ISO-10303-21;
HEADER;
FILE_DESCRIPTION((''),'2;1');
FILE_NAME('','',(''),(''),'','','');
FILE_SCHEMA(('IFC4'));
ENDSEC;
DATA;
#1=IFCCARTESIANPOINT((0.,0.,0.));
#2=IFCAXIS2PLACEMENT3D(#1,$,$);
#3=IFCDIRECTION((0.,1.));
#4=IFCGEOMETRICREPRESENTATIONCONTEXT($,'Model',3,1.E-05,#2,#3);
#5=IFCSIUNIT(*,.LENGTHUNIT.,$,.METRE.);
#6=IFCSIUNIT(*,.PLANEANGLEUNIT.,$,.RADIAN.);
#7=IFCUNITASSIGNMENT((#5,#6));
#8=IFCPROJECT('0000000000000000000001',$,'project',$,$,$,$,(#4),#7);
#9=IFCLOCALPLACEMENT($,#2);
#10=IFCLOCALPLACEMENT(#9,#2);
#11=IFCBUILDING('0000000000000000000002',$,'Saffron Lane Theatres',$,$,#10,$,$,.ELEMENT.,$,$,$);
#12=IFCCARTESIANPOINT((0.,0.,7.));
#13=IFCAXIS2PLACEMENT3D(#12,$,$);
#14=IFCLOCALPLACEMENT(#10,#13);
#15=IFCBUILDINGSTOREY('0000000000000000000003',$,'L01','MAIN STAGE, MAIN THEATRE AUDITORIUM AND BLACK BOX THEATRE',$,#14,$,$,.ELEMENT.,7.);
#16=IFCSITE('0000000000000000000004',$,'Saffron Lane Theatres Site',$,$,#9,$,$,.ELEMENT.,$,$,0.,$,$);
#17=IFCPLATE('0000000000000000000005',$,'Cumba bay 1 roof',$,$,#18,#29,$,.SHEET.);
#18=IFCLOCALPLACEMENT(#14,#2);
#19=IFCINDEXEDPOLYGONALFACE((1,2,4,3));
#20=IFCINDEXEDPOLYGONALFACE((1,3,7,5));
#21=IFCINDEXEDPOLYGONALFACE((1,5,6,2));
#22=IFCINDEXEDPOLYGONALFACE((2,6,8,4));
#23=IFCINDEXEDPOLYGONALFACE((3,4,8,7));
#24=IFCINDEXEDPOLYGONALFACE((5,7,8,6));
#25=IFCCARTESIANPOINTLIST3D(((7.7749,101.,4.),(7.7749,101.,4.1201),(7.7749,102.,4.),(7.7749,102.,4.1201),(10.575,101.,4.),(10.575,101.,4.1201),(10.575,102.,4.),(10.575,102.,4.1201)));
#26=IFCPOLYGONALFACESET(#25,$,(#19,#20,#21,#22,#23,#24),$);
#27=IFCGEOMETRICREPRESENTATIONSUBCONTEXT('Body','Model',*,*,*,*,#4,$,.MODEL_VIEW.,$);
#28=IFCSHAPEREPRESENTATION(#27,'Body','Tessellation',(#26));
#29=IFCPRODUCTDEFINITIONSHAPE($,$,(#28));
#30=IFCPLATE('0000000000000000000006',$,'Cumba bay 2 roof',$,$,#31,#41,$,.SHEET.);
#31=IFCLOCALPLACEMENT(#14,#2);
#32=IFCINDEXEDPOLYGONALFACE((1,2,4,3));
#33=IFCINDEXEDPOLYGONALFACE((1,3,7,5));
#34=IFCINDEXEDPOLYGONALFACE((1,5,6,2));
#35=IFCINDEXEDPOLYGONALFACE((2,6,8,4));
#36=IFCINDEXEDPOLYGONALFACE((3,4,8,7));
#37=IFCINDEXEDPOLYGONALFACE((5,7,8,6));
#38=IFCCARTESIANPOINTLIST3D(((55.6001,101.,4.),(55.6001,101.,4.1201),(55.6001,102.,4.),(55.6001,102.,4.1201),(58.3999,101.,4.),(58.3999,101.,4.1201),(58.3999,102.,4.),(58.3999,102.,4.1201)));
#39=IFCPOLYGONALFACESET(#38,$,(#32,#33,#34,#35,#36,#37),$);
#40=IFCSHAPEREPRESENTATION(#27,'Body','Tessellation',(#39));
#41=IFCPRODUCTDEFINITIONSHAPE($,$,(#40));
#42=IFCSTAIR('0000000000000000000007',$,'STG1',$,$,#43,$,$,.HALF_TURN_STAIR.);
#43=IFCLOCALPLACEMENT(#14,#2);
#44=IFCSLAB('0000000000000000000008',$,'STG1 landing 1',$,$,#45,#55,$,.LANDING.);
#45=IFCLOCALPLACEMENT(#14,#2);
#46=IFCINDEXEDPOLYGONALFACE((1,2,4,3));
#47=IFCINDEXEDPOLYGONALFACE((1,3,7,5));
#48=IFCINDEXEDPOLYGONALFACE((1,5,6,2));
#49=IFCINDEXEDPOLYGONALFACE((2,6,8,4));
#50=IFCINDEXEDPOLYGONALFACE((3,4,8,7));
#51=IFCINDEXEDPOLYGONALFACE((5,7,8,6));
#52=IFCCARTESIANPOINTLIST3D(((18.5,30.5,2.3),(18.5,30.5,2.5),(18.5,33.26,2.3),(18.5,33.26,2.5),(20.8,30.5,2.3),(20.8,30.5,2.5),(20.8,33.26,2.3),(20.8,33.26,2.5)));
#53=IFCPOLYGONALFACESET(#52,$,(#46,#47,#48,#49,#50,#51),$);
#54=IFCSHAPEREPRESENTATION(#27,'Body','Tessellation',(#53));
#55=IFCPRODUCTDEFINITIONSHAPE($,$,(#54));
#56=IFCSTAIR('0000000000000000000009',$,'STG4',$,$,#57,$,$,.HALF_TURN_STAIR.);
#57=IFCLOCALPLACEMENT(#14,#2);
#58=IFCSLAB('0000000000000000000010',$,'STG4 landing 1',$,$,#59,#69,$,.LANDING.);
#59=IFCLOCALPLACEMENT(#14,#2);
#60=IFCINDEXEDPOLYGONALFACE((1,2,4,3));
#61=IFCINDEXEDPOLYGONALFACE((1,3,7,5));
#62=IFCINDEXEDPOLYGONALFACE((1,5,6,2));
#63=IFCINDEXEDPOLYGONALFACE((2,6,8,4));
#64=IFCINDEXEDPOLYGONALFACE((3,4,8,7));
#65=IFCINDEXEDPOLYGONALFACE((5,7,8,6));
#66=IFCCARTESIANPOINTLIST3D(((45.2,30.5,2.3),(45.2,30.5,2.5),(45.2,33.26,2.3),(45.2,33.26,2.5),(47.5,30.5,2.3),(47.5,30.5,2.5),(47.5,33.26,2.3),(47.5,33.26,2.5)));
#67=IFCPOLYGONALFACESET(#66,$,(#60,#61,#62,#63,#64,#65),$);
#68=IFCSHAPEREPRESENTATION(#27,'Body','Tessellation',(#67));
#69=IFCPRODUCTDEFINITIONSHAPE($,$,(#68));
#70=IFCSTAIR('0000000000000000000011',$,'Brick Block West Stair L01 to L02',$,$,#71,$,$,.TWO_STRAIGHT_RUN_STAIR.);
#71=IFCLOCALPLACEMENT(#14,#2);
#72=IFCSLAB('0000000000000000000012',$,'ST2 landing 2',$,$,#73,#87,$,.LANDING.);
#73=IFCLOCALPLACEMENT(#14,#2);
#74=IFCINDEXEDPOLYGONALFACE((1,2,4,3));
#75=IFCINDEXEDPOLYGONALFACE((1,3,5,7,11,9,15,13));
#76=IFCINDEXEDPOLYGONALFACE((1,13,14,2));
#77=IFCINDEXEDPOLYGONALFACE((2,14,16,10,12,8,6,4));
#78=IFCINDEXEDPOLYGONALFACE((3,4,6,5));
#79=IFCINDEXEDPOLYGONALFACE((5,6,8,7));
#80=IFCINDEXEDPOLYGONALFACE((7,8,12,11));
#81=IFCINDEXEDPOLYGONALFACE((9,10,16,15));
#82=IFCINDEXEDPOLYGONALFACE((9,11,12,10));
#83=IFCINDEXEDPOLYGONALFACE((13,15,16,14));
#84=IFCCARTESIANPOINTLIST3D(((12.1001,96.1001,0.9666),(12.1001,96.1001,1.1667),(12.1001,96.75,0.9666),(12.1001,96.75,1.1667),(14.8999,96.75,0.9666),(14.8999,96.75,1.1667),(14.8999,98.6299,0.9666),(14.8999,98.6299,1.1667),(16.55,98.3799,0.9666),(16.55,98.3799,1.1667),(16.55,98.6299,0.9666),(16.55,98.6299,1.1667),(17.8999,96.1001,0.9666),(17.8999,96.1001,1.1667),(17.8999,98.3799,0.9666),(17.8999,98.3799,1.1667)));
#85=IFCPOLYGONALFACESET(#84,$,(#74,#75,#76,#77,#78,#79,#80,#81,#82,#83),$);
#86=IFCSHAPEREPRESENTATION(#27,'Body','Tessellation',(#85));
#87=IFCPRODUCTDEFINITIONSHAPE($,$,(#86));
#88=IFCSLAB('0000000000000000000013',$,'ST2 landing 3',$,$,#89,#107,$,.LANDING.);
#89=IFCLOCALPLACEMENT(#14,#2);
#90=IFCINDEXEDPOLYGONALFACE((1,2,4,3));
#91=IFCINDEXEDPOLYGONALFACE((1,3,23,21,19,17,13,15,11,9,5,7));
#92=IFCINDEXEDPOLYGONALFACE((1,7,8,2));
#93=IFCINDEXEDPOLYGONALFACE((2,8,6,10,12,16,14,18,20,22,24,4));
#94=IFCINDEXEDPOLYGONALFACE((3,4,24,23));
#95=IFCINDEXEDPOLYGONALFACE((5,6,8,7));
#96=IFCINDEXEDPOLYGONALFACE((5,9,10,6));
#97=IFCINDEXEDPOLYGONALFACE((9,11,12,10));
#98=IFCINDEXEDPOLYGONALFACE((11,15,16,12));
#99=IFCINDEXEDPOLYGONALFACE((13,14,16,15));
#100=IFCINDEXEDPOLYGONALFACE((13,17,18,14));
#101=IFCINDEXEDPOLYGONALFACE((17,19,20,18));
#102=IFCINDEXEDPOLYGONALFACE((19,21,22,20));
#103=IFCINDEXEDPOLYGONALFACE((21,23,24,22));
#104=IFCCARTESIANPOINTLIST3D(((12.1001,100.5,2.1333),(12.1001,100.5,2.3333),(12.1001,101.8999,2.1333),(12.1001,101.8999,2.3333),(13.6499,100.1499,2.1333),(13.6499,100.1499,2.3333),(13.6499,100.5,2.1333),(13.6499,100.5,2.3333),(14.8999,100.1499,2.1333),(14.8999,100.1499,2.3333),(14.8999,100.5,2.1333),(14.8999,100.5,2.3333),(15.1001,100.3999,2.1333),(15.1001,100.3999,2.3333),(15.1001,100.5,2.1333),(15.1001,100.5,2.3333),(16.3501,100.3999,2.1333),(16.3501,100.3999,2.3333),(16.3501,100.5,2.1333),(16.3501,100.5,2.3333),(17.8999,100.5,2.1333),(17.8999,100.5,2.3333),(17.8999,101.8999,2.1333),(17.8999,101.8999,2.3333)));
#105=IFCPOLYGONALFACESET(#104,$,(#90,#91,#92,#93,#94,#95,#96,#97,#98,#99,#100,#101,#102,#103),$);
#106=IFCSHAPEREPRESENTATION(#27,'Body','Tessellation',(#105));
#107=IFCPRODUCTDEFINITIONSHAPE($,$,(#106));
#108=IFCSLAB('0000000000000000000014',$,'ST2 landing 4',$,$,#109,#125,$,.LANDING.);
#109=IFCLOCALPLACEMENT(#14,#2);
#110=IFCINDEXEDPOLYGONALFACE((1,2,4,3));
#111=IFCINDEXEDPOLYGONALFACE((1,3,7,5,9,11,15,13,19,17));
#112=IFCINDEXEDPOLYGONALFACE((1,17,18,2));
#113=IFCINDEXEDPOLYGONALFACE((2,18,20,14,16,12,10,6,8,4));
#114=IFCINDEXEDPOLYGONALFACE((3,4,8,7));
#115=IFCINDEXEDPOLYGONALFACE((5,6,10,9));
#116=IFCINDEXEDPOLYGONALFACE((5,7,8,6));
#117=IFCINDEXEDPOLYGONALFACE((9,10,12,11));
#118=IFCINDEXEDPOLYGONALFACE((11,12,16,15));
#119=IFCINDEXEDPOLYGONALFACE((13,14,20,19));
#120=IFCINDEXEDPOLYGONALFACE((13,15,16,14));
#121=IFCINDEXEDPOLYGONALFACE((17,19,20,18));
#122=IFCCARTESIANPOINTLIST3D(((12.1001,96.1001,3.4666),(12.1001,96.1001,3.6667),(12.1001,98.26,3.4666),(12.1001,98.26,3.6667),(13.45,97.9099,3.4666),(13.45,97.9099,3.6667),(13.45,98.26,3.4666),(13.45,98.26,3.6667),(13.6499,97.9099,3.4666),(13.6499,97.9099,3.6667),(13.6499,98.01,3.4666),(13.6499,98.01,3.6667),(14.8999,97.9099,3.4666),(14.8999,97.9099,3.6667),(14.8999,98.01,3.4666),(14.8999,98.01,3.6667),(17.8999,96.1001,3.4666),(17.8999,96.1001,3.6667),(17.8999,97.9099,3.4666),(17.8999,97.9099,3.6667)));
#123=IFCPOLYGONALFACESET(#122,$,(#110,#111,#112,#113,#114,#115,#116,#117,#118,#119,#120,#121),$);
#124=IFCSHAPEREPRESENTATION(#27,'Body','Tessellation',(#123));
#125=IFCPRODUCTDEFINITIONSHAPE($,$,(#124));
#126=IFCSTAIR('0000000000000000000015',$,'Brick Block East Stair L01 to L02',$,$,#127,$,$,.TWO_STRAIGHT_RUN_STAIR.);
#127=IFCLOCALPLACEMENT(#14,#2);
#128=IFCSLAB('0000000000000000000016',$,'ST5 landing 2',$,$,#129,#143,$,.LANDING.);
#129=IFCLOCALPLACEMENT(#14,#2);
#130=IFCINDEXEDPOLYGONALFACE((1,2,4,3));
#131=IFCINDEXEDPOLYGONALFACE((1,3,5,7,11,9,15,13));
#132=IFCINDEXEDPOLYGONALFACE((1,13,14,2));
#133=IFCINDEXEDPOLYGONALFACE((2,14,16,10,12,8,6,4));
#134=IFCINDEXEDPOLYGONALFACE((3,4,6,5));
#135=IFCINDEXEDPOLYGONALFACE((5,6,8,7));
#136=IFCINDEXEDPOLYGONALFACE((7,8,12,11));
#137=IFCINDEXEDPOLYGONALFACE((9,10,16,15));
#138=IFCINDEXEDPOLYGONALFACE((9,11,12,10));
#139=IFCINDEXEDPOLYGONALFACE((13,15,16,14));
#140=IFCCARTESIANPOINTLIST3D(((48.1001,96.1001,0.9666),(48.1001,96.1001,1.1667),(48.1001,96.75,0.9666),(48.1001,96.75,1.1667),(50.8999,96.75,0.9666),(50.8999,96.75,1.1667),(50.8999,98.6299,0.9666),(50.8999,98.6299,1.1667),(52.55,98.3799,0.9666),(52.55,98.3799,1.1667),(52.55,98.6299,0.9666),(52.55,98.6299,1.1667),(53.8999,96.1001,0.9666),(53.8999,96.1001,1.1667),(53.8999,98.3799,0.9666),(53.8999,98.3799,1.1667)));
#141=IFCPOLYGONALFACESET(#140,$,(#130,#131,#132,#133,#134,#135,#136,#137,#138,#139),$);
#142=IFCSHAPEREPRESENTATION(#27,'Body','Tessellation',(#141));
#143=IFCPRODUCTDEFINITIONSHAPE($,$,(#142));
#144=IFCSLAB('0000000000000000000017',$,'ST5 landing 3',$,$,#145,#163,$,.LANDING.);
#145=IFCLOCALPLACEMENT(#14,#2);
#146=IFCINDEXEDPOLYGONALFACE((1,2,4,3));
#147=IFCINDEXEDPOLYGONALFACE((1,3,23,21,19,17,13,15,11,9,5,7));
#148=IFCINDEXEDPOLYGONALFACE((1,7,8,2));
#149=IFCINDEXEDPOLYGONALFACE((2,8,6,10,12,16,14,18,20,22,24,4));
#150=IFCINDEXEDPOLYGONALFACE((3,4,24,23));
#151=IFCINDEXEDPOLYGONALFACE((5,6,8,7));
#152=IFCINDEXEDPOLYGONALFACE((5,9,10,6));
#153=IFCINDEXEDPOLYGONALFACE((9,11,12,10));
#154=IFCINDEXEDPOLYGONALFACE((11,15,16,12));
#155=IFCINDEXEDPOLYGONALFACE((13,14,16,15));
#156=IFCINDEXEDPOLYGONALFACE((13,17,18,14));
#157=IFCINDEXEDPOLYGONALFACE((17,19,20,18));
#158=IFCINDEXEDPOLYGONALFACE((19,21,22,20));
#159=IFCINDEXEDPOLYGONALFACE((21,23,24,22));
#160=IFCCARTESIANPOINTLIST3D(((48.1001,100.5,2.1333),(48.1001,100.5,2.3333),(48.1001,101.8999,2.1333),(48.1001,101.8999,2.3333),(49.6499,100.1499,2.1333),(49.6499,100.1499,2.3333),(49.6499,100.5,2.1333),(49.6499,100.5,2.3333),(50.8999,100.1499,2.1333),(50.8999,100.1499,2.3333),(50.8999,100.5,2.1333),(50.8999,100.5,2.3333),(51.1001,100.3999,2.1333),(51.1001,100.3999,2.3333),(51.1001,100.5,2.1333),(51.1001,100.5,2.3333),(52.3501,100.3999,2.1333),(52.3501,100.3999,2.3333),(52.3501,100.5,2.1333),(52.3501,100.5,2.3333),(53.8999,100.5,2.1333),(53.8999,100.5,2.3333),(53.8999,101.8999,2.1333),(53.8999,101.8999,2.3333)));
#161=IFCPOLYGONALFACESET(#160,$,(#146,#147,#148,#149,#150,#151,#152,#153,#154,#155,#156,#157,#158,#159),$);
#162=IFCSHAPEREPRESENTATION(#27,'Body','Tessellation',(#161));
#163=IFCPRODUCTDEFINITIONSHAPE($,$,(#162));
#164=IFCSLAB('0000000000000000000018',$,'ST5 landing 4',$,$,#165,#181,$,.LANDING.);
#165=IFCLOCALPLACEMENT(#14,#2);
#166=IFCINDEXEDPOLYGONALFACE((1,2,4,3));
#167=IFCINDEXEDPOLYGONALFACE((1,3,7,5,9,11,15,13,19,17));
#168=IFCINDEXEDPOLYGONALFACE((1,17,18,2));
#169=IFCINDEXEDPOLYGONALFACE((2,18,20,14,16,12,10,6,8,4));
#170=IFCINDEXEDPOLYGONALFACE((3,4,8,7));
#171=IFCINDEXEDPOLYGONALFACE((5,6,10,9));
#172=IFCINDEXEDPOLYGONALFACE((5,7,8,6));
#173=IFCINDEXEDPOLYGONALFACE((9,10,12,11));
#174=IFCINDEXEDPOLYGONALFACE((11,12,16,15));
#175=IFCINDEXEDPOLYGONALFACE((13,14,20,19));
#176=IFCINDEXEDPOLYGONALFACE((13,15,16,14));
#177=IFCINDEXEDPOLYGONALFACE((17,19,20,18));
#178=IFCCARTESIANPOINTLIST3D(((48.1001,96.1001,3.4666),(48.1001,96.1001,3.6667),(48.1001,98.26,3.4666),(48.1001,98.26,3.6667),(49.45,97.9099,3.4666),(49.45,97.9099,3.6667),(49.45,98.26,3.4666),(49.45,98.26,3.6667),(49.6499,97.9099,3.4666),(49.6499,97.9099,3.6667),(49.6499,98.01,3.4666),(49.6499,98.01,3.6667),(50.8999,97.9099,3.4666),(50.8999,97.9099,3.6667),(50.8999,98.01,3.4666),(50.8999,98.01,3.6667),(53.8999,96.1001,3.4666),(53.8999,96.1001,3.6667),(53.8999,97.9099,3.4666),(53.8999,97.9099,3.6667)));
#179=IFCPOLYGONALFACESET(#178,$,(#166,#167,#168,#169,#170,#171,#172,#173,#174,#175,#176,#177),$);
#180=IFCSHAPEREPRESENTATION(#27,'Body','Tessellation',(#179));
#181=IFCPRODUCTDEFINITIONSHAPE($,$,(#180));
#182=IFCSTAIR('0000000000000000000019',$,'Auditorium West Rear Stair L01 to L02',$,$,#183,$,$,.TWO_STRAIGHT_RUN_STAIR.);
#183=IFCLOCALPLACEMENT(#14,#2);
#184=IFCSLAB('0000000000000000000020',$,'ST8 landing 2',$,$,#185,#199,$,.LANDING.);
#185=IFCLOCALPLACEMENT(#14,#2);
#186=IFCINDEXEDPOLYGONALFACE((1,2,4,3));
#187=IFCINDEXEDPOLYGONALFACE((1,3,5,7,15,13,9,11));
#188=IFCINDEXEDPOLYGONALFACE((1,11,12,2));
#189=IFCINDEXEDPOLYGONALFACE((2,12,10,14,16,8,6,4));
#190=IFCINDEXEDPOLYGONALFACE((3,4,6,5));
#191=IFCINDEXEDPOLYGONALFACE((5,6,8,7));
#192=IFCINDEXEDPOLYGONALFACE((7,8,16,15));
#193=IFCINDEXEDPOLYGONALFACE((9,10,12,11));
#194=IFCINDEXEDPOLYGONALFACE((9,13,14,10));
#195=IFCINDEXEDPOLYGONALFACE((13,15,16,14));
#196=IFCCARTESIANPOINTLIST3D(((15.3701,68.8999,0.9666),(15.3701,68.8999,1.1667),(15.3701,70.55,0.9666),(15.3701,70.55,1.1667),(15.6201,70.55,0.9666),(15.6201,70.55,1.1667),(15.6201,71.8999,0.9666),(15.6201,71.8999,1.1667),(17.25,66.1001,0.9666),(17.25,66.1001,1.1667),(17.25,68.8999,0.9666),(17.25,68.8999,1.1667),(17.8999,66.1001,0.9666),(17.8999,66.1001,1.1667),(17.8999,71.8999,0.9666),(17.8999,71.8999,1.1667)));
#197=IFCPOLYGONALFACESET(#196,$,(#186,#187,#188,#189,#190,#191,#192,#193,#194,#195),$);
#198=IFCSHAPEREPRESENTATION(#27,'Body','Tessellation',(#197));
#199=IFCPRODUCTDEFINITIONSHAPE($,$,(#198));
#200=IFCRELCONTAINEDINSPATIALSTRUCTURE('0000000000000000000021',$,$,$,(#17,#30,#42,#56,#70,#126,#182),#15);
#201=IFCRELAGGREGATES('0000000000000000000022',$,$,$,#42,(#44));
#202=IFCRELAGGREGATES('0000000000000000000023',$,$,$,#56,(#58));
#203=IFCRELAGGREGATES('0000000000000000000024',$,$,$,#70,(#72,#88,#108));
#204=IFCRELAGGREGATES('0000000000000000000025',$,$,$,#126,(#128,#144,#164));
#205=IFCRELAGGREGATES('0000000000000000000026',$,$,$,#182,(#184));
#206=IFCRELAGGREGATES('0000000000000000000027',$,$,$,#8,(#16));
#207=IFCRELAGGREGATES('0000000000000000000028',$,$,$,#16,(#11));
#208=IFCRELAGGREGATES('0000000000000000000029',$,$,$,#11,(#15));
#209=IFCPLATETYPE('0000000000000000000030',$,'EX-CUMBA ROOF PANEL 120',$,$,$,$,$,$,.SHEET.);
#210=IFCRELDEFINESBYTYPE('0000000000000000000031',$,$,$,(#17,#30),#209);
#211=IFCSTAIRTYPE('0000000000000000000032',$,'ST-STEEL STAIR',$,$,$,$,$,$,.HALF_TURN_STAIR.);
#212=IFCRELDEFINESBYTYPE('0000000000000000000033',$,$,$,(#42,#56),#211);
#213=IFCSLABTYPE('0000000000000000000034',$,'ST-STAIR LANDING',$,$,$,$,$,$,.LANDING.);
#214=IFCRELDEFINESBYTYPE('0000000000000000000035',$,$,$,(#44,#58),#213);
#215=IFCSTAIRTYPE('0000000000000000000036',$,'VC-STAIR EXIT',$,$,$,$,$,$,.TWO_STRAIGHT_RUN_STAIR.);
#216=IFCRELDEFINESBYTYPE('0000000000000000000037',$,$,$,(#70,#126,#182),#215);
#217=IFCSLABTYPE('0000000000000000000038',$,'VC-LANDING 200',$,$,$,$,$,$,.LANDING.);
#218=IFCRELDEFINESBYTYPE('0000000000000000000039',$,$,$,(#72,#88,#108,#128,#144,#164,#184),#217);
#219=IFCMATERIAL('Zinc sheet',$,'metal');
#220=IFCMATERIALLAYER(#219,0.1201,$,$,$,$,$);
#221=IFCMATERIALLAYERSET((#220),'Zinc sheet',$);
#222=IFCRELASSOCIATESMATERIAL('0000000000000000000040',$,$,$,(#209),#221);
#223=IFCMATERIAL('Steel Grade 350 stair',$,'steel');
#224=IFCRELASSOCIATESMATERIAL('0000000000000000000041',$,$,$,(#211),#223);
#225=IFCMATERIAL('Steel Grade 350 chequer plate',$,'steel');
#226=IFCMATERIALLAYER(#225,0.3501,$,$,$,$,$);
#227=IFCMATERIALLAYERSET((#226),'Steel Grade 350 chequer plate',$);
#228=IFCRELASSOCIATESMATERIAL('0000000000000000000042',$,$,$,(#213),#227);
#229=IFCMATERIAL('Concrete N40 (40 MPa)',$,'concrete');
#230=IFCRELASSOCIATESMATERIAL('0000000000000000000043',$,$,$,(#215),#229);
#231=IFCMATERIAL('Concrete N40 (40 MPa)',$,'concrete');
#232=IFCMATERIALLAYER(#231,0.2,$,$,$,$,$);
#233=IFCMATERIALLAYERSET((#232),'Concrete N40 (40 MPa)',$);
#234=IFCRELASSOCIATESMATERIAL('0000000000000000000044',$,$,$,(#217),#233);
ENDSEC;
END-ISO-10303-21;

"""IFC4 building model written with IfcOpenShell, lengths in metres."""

from ifc_helpers import new_model, si_unit, direction, frame, origin, place, context, subcontext, project, spatial, polyline, outline, extrude, material, layer, layer_set, type_object, element, aggregate, save


model = new_model("IFC4")

# Units and contexts
model_context = context("Model", 3, precision=1e-05, world=origin(), true_north=direction((0.0, 1.0)))
body_context = subcontext(model_context, "Body", "Model", "MODEL_VIEW")
ifc_project = project(units=[si_unit("LENGTHUNIT", "METRE"), si_unit("PLANEANGLEUNIT", "RADIAN")], contexts=[model_context])

# Site, building, storey
site_placement = place(None, origin())
site = spatial("IfcSite", under=ifc_project, at=site_placement, Name="Saffron Lane Theatres Site", CompositionType="ELEMENT", RefElevation=0.0)
building_placement = place(site_placement, origin())
building = spatial("IfcBuilding", under=site, at=building_placement, Name="Saffron Lane Theatres", CompositionType="ELEMENT")
storey_placement = place(building_placement, frame((0.0, 0.0, 7.0)))
storey = spatial("IfcBuildingStorey", under=building, at=storey_placement, Name="L01", Description="MAIN STAGE, MAIN THEATRE AUDITORIUM AND BLACK BOX THEATRE", CompositionType="ELEMENT", Elevation=7.0)

# Plates
ifc_material_1 = material(Name="Zinc sheet", Category="metal")
ifc_layer_1 = layer(ifc_material_1, 0.1201)
ifc_layer_set_1 = layer_set([ifc_layer_1], Name="Zinc sheet")
plate_type = type_object("IfcPlateType", Name="EX-CUMBA ROOF PANEL 120", PredefinedType="SHEET", material=ifc_layer_set_1)
plate_1_placement = place(storey_placement, frame((0.0, 0.0, 4.0)))
element("IfcPlate", 1, at=plate_1_placement, inside=storey, type_object=plate_type, Name="Cumba bay 1 roof", PredefinedType="SHEET", context=body_context, shape_type="SweptSolid", body=[
    extrude(outline(polyline([(10.575, 102.0), (7.7749, 102.0), (7.7749, 101.0), (10.575, 101.0), (10.575, 102.0)])), origin(), (0.0, 0.0, 1.0), 0.1201),
])
plate_2_placement = place(storey_placement, frame((0.0, 0.0, 4.0)))
element("IfcPlate", 2, at=plate_2_placement, inside=storey, type_object=plate_type, Name="Cumba bay 2 roof", PredefinedType="SHEET", context=body_context, shape_type="SweptSolid", body=[
    extrude(outline(polyline([(58.3999, 102.0), (55.6001, 102.0), (55.6001, 101.0), (58.3999, 101.0), (58.3999, 102.0)])), origin(), (0.0, 0.0, 1.0), 0.1201),
])

# Stairs, slabs
ifc_material_2 = material(Name="Steel Grade 350 stair", Category="steel")
stair_type_1 = type_object("IfcStairType", Name="ST-STEEL STAIR", PredefinedType="HALF_TURN_STAIR", material=ifc_material_2)
stair_1_placement = place(storey_placement, origin())
stair_1 = element("IfcStair", 3, at=stair_1_placement, inside=storey, type_object=stair_type_1, Name="STG1", PredefinedType="HALF_TURN_STAIR")
ifc_material_3 = material(Name="Steel Grade 350 chequer plate", Category="steel")
ifc_layer_2 = layer(ifc_material_3, 0.3501)
ifc_layer_set_2 = layer_set([ifc_layer_2], Name="Steel Grade 350 chequer plate")
slab_type_1 = type_object("IfcSlabType", Name="ST-STAIR LANDING", PredefinedType="LANDING", material=ifc_layer_set_2)
slab_1_placement = place(storey_placement, frame((0.0, 0.0, 2.3)))
slab_1 = element("IfcSlab", 4, at=slab_1_placement, type_object=slab_type_1, Name="STG1 landing 1", PredefinedType="LANDING", context=body_context, shape_type="SweptSolid", body=[
    extrude(outline(polyline([(18.5, 30.5), (20.8, 30.5), (20.8, 33.26), (18.5, 33.26), (18.5, 30.5)])), origin(), (0.0, 0.0, 1.0), 0.2),
])
aggregate(stair_1, [slab_1])
stair_2_placement = place(storey_placement, origin())
stair_2 = element("IfcStair", 5, at=stair_2_placement, inside=storey, type_object=stair_type_1, Name="STG4", PredefinedType="HALF_TURN_STAIR")
slab_2_placement = place(storey_placement, frame((0.0, 0.0, 2.3)))
slab_2 = element("IfcSlab", 6, at=slab_2_placement, type_object=slab_type_1, Name="STG4 landing 1", PredefinedType="LANDING", context=body_context, shape_type="SweptSolid", body=[
    extrude(outline(polyline([(45.2, 30.5), (47.5, 30.5), (47.5, 33.26), (45.2, 33.26), (45.2, 30.5)])), origin(), (0.0, 0.0, 1.0), 0.2),
])
aggregate(stair_2, [slab_2])

# Stairs, slabs
ifc_material_4 = material(Name="Concrete N40 (40 MPa)", Category="concrete")
stair_type_2 = type_object("IfcStairType", Name="VC-STAIR EXIT", PredefinedType="TWO_STRAIGHT_RUN_STAIR", material=ifc_material_4)
stair_3_placement = place(storey_placement, origin())
stair_3 = element("IfcStair", 7, at=stair_3_placement, inside=storey, type_object=stair_type_2, Name="Brick Block West Stair L01 to L02", PredefinedType="TWO_STRAIGHT_RUN_STAIR")
ifc_material_5 = material(Name="Concrete N40 (40 MPa)", Category="concrete")
ifc_layer_3 = layer(ifc_material_5, 0.2)
ifc_layer_set_3 = layer_set([ifc_layer_3], Name="Concrete N40 (40 MPa)")
slab_type_2 = type_object("IfcSlabType", Name="VC-LANDING 200", PredefinedType="LANDING", material=ifc_layer_set_3)
slab_3_placement = place(storey_placement, frame((0.0, 0.0, 0.9666)))
slab_3 = element("IfcSlab", 8, at=slab_3_placement, type_object=slab_type_2, Name="ST2 landing 2", PredefinedType="LANDING", context=body_context, shape_type="SweptSolid", body=[
    extrude(outline(polyline([(14.8999, 98.6299), (16.55, 98.6299), (16.55, 98.3799), (17.8999, 98.3799), (17.8999, 96.1001), (12.1001, 96.1001), (12.1001, 96.75), (14.8999, 96.75), (14.8999, 98.6299)])), origin(), (0.0, 0.0, 1.0), 0.2002),
])
slab_4_placement = place(storey_placement, frame((0.0, 0.0, 2.1333)))
slab_4 = element("IfcSlab", 9, at=slab_4_placement, type_object=slab_type_2, Name="ST2 landing 3", PredefinedType="LANDING", context=body_context, shape_type="SweptSolid", body=[
    extrude(outline(polyline([(12.1001, 100.5), (12.1001, 101.8999), (17.8999, 101.8999), (17.8999, 100.5), (16.3501, 100.5), (16.3501, 100.3999), (15.1001, 100.3999), (15.1001, 100.5), (14.8999, 100.5), (14.8999, 100.1499), (13.6499, 100.1499), (13.6499, 100.5), (12.1001, 100.5)])), origin(), (0.0, 0.0, 1.0), 0.2),
])
slab_5_placement = place(storey_placement, frame((0.0, 0.0, 3.4666)))
slab_5 = element("IfcSlab", 10, at=slab_5_placement, type_object=slab_type_2, Name="ST2 landing 4", PredefinedType="LANDING", context=body_context, shape_type="SweptSolid", body=[
    extrude(outline(polyline([(13.45, 97.9099), (13.6499, 97.9099), (13.6499, 98.01), (14.8999, 98.01), (14.8999, 97.9099), (17.8999, 97.9099), (17.8999, 96.1001), (12.1001, 96.1001), (12.1001, 98.26), (13.45, 98.26), (13.45, 97.9099)])), origin(), (0.0, 0.0, 1.0), 0.2002),
])
aggregate(stair_3, [slab_3, slab_4, slab_5])
stair_4_placement = place(storey_placement, origin())
stair_4 = element("IfcStair", 11, at=stair_4_placement, inside=storey, type_object=stair_type_2, Name="Brick Block East Stair L01 to L02", PredefinedType="TWO_STRAIGHT_RUN_STAIR")
slab_6_placement = place(storey_placement, frame((0.0, 0.0, 0.9666)))
slab_6 = element("IfcSlab", 12, at=slab_6_placement, type_object=slab_type_2, Name="ST5 landing 2", PredefinedType="LANDING", context=body_context, shape_type="SweptSolid", body=[
    extrude(outline(polyline([(50.8999, 98.6299), (52.55, 98.6299), (52.55, 98.3799), (53.8999, 98.3799), (53.8999, 96.1001), (48.1001, 96.1001), (48.1001, 96.75), (50.8999, 96.75), (50.8999, 98.6299)])), origin(), (0.0, 0.0, 1.0), 0.2002),
])
slab_7_placement = place(storey_placement, frame((0.0, 0.0, 2.1333)))
slab_7 = element("IfcSlab", 13, at=slab_7_placement, type_object=slab_type_2, Name="ST5 landing 3", PredefinedType="LANDING", context=body_context, shape_type="SweptSolid", body=[
    extrude(outline(polyline([(48.1001, 100.5), (48.1001, 101.8999), (53.8999, 101.8999), (53.8999, 100.5), (52.3501, 100.5), (52.3501, 100.3999), (51.1001, 100.3999), (51.1001, 100.5), (50.8999, 100.5), (50.8999, 100.1499), (49.6499, 100.1499), (49.6499, 100.5), (48.1001, 100.5)])), origin(), (0.0, 0.0, 1.0), 0.2),
])
slab_8_placement = place(storey_placement, frame((0.0, 0.0, 3.4666)))
slab_8 = element("IfcSlab", 14, at=slab_8_placement, type_object=slab_type_2, Name="ST5 landing 4", PredefinedType="LANDING", context=body_context, shape_type="SweptSolid", body=[
    extrude(outline(polyline([(49.45, 97.9099), (49.6499, 97.9099), (49.6499, 98.01), (50.8999, 98.01), (50.8999, 97.9099), (53.8999, 97.9099), (53.8999, 96.1001), (48.1001, 96.1001), (48.1001, 98.26), (49.45, 98.26), (49.45, 97.9099)])), origin(), (0.0, 0.0, 1.0), 0.2002),
])
aggregate(stair_4, [slab_6, slab_7, slab_8])
stair_5_placement = place(storey_placement, origin())
stair_5 = element("IfcStair", 15, at=stair_5_placement, inside=storey, type_object=stair_type_2, Name="Auditorium West Rear Stair L01 to L02", PredefinedType="TWO_STRAIGHT_RUN_STAIR")
slab_9_placement = place(storey_placement, frame((0.0, 0.0, 0.9666)))
slab_9 = element("IfcSlab", 16, at=slab_9_placement, type_object=slab_type_2, Name="ST8 landing 2", PredefinedType="LANDING", context=body_context, shape_type="SweptSolid", body=[
    extrude(outline(polyline([(15.3701, 68.8999), (15.3701, 70.55), (15.6201, 70.55), (15.6201, 71.8999), (17.8999, 71.8999), (17.8999, 66.1001), (17.25, 66.1001), (17.25, 68.8999), (15.3701, 68.8999)])), origin(), (0.0, 0.0, 1.0), 0.2002),
])
aggregate(stair_5, [slab_9])

save(model, "model.ifc")
